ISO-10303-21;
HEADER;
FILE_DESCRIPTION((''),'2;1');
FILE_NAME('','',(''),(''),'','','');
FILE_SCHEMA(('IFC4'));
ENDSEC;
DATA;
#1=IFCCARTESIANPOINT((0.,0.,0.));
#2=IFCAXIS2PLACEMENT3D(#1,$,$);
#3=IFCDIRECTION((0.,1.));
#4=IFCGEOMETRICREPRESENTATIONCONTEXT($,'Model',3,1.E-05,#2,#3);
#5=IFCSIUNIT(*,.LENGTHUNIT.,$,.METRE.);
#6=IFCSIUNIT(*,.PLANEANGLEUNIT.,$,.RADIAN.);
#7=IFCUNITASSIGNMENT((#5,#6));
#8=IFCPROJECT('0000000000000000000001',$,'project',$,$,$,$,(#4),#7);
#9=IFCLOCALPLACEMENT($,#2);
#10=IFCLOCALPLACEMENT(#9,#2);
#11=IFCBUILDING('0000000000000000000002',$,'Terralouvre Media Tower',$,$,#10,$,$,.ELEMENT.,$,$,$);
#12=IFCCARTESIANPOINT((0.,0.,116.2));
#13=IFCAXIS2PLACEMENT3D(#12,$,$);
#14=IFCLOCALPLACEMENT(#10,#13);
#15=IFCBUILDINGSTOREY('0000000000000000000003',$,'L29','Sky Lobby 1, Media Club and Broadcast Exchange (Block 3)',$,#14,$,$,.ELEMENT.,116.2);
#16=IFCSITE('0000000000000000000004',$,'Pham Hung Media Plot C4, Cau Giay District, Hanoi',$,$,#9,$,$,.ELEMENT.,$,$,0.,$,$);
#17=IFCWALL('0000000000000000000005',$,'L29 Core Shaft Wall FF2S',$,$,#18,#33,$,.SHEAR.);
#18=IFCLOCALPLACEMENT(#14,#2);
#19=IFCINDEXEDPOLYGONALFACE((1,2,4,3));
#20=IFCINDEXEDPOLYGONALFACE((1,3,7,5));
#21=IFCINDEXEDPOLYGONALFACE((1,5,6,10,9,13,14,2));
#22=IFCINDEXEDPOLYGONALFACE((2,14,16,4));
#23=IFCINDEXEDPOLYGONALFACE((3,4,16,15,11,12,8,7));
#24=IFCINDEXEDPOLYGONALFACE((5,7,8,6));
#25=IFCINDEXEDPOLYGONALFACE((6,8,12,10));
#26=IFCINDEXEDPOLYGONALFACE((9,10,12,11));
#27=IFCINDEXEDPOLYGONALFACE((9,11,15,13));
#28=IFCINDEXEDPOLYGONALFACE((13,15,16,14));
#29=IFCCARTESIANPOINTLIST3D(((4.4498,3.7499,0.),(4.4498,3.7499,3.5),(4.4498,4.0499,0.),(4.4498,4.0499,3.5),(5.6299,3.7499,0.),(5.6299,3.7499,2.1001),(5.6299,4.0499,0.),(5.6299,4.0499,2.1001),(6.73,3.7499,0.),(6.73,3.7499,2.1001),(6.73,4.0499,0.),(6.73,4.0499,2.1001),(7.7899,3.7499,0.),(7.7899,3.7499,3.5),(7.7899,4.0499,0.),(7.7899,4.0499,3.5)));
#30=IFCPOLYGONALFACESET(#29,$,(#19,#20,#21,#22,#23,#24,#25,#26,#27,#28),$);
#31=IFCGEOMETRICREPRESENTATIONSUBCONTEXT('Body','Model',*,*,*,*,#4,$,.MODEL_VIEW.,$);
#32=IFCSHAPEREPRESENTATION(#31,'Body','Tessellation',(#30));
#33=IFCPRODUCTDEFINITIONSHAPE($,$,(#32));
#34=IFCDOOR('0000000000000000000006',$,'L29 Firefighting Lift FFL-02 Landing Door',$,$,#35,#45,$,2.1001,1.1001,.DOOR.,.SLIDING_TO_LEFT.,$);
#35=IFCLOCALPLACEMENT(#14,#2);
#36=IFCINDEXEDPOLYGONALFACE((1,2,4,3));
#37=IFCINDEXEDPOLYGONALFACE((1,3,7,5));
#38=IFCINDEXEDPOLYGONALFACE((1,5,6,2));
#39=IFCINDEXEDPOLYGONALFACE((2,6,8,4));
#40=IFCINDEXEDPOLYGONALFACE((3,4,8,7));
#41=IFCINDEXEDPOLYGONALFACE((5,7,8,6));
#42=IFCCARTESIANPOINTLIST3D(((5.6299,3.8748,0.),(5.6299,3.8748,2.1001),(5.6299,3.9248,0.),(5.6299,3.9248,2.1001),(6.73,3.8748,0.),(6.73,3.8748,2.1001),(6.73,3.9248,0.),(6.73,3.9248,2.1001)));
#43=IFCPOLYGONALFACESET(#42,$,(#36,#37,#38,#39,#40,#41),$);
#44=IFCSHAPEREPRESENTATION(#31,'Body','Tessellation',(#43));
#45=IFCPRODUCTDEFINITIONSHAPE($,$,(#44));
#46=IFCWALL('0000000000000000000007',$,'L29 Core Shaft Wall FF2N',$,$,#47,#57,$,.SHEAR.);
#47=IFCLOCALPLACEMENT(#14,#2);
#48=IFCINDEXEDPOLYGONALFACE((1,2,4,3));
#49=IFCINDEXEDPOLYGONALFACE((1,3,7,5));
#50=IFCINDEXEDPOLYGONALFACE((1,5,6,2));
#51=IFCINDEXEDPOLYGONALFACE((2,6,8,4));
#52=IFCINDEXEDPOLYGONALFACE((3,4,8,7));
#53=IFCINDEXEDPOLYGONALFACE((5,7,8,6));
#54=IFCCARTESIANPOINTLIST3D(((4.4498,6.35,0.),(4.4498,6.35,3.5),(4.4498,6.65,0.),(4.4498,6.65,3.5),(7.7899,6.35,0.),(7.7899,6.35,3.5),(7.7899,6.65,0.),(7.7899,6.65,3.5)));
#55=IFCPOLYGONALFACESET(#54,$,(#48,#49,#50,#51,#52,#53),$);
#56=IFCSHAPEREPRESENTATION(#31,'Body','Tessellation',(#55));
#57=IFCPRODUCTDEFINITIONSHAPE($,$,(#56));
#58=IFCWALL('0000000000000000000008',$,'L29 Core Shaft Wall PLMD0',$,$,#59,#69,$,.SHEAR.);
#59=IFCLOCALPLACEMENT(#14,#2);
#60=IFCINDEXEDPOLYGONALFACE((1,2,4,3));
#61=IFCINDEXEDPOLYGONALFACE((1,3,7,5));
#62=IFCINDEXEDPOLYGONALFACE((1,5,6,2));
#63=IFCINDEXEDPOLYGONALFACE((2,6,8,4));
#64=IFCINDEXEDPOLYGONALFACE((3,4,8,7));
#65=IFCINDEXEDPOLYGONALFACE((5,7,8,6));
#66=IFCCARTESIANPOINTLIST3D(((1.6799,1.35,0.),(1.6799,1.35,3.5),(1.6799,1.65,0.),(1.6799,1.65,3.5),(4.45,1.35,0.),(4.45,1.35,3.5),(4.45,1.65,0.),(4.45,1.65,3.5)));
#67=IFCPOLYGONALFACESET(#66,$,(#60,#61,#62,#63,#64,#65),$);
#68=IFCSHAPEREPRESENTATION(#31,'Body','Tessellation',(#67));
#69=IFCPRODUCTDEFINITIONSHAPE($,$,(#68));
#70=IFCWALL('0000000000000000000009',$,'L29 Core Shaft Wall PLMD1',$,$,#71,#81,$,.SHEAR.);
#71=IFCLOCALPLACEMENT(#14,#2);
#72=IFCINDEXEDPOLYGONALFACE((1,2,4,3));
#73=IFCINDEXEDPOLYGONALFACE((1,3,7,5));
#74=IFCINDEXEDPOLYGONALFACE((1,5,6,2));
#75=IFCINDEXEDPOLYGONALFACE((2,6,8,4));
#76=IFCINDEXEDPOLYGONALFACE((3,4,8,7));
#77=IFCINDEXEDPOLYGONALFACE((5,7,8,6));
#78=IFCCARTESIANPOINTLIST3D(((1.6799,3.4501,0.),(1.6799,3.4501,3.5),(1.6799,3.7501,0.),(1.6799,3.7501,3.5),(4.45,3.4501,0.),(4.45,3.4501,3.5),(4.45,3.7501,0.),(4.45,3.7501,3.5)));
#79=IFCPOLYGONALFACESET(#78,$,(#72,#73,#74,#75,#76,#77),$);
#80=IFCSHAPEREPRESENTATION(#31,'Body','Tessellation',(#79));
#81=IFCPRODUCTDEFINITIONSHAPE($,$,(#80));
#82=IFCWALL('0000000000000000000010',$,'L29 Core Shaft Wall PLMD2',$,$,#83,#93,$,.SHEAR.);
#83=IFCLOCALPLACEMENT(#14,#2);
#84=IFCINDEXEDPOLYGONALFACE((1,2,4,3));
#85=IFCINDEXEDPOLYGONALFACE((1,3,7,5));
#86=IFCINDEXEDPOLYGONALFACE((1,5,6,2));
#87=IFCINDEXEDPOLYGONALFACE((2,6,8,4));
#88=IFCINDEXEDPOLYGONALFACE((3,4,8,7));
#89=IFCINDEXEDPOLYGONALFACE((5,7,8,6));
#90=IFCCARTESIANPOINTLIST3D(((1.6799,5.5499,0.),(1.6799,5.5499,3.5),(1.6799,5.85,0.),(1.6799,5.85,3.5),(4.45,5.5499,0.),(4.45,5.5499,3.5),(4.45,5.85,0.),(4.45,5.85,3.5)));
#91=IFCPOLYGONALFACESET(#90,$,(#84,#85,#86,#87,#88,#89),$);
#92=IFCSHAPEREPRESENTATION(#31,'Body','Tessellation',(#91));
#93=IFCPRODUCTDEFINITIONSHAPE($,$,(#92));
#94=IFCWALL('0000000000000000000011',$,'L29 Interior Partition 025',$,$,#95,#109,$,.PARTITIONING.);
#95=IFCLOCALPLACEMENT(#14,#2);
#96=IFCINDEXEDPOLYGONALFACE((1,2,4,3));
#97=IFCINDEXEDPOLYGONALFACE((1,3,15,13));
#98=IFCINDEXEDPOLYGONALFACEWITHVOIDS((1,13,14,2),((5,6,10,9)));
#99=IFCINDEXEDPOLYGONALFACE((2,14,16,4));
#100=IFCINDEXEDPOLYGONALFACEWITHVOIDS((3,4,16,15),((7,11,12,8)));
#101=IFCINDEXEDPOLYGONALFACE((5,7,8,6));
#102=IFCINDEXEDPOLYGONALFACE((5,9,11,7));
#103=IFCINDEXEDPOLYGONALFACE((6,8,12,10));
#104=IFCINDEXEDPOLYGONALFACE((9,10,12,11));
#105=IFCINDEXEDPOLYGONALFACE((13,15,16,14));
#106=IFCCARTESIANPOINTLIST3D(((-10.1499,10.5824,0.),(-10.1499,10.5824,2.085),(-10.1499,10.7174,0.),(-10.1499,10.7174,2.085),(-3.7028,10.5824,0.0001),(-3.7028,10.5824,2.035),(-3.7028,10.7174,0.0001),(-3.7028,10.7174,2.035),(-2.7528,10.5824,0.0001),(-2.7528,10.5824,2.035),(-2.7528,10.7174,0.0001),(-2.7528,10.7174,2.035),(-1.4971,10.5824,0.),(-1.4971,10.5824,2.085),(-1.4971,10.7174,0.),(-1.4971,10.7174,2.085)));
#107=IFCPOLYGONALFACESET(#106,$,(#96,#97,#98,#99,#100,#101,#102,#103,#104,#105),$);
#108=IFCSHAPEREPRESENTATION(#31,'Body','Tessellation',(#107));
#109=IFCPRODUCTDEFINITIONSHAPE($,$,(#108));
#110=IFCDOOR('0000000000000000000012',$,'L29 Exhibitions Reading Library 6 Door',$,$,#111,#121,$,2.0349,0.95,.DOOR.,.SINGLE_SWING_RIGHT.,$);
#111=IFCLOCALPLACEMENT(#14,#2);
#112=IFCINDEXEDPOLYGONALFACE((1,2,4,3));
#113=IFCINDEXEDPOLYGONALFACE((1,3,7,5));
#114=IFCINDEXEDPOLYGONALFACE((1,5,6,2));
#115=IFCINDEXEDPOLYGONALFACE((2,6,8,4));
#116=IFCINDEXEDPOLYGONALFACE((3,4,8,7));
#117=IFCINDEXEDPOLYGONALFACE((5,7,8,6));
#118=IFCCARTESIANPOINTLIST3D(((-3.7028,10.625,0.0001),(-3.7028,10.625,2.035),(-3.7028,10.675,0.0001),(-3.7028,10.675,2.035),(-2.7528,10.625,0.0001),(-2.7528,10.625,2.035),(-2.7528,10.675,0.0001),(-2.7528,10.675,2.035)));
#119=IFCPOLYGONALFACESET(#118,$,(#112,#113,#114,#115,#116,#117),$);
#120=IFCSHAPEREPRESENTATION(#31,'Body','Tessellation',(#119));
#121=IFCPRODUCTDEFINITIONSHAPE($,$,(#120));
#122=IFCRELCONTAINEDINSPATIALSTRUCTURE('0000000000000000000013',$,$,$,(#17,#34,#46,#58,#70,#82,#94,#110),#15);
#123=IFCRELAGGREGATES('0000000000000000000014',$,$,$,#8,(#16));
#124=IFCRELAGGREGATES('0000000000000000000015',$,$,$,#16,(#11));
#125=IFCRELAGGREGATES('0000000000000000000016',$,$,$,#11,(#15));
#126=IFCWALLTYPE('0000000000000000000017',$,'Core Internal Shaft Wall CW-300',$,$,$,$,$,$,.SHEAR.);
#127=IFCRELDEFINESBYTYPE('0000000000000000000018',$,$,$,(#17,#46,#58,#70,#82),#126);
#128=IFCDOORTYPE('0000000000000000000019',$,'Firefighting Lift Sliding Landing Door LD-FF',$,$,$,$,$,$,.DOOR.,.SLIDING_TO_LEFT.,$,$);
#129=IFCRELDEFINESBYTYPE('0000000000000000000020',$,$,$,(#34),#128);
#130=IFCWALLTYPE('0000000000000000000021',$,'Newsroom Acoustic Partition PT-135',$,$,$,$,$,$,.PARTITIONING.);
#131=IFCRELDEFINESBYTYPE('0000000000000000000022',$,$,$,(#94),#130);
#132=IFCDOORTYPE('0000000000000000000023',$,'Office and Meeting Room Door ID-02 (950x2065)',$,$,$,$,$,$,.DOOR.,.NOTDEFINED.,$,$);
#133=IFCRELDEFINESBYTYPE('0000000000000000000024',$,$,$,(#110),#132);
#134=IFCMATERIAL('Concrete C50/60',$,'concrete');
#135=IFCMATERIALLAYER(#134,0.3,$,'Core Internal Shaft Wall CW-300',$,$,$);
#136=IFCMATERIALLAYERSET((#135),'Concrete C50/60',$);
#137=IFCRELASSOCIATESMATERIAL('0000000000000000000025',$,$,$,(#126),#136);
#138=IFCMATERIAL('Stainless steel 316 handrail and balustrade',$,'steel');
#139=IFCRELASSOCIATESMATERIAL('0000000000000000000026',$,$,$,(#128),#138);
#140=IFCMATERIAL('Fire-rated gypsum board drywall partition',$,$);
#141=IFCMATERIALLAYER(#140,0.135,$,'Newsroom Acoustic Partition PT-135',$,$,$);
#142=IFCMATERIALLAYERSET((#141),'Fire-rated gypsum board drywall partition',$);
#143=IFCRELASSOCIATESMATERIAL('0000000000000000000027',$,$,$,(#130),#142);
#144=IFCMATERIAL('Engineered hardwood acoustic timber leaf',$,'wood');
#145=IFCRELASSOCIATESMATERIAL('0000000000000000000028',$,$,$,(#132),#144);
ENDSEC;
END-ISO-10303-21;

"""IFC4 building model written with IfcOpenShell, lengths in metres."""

from ifc_helpers import new_model, si_unit, direction, frame, frame_2d, origin, place, context, subcontext, project, spatial, rectangle, extrude, material, layer, layer_set, type_object, element, fill, save


model = new_model("IFC4")

# Units and contexts
model_context = context("Model", 3, precision=1e-05, world=origin(), true_north=direction((0.0, 1.0)))
body_context = subcontext(model_context, "Body", "Model", "MODEL_VIEW")
ifc_project = project(units=[si_unit("LENGTHUNIT", "METRE"), si_unit("PLANEANGLEUNIT", "RADIAN")], contexts=[model_context])

# Site, building, storey
site_placement = place(None, origin())
site = spatial("IfcSite", under=ifc_project, at=site_placement, Name="Pham Hung Media Plot C4, Cau Giay District, Hanoi", CompositionType="ELEMENT", RefElevation=0.0)
building_placement = place(site_placement, origin())
building = spatial("IfcBuilding", under=site, at=building_placement, Name="Terralouvre Media Tower", CompositionType="ELEMENT")
storey_placement = place(building_placement, frame((0.0, 0.0, 116.2)))
storey = spatial("IfcBuildingStorey", under=building, at=storey_placement, Name="L29", Description="Sky Lobby 1, Media Club and Broadcast Exchange (Block 3)", CompositionType="ELEMENT", Elevation=116.2)

# Wall, opening, door
ifc_material_1 = material(Name="Concrete C50/60", Category="concrete")
ifc_layer_1 = layer(ifc_material_1, 0.3, Name="Core Internal Shaft Wall CW-300")
ifc_layer_set_1 = layer_set([ifc_layer_1], Name="Concrete C50/60")
wall_type_1 = type_object("IfcWallType", Name="Core Internal Shaft Wall CW-300", PredefinedType="SHEAR", material=ifc_layer_set_1)
wall_1_placement = place(storey_placement, frame((4.45, 3.8999, 0.0), z_axis=(0.0, 0.0, 1.0), x_axis=(1.0, 0.0, 0.0)))
wall_1 = element("IfcWall", 1, at=wall_1_placement, inside=storey, type_object=wall_type_1, Name="L29 Core Shaft Wall FF2S", PredefinedType="SHEAR", context=body_context, shape_type="SweptSolid", body=[
    extrude(rectangle(XDim=3.3401, YDim=0.3, at=frame_2d((1.6699, 0.0))), origin(), (0.0, 0.0, 1.0), 3.5),
])
opening_1_placement = place(wall_1_placement, frame((1.1799, 0.0, 0.0)))
opening_1 = element("IfcOpeningElement", 2, at=opening_1_placement, cuts=wall_1, PredefinedType="OPENING", context=body_context, shape_type="SweptSolid", body=[
    extrude(rectangle(XDim=1.1001, YDim=2.1001, at=frame_2d((0.55, 1.05))), frame((0.0, 0.1599, 0.0), z_axis=(0.0, -1.0, 0.0), x_axis=(1.0, 0.0, 0.0)), (0.0, 0.0, 1.0), 0.3201),
])
ifc_material_2 = material(Name="Stainless steel 316 handrail and balustrade", Category="steel")
door_type_1 = type_object("IfcDoorType", Name="Firefighting Lift Sliding Landing Door LD-FF", OperationType="SLIDING_TO_LEFT", PredefinedType="DOOR", material=ifc_material_2)
door_1_placement = place(opening_1_placement, origin())
door_1 = element("IfcDoor", 3, at=door_1_placement, inside=storey, type_object=door_type_1, Name="L29 Firefighting Lift FFL-02 Landing Door", OperationType="SLIDING_TO_LEFT", OverallHeight=2.1001, OverallWidth=1.1001, PredefinedType="DOOR", context=body_context, shape_type="SweptSolid", body=[
    extrude(rectangle(XDim=1.1001, YDim=2.1001, at=frame_2d((0.55, 1.05))), frame((0.0, 0.0249, 0.0), z_axis=(0.0, -1.0, 0.0), x_axis=(1.0, 0.0, 0.0)), (0.0, 0.0, 1.0), 0.05),
])
fill(opening_1, door_1)

# Walls
wall_2_placement = place(storey_placement, frame((4.45, 6.5, 0.0), z_axis=(0.0, 0.0, 1.0), x_axis=(1.0, 0.0, 0.0)))
element("IfcWall", 4, at=wall_2_placement, inside=storey, type_object=wall_type_1, Name="L29 Core Shaft Wall FF2N", PredefinedType="SHEAR", context=body_context, shape_type="SweptSolid", body=[
    extrude(rectangle(XDim=3.3401, YDim=0.3, at=frame_2d((1.6699, 0.0))), origin(), (0.0, 0.0, 1.0), 3.5),
])
for number, where, z_axis, x_axis, name in (
    (5, (1.6799, 1.5, 0.0), (0.0, 0.0, 1.0), (1.0, 0.0, 0.0), "L29 Core Shaft Wall PLMD0"),
    (6, (1.6799, 3.6001, 0.0), (0.0, 0.0, 1.0), (1.0, 0.0, 0.0), "L29 Core Shaft Wall PLMD1"),
    (7, (1.6799, 5.7, 0.0), (0.0, 0.0, 1.0), (1.0, 0.0, 0.0), "L29 Core Shaft Wall PLMD2"),
):
    element("IfcWall", number, at=place(storey_placement, frame(where, z_axis=z_axis, x_axis=x_axis)), inside=storey, type_object=wall_type_1, Name=name, PredefinedType="SHEAR", context=body_context, shape_type="SweptSolid", body=[
        extrude(rectangle(XDim=2.77, YDim=0.3, at=frame_2d((1.385, 0.0))), origin(), (0.0, 0.0, 1.0), 3.5),
    ])

# Wall, opening, door
ifc_material_3 = material(Name="Fire-rated gypsum board drywall partition")
ifc_layer_2 = layer(ifc_material_3, 0.135, Name="Newsroom Acoustic Partition PT-135")
ifc_layer_set_2 = layer_set([ifc_layer_2], Name="Fire-rated gypsum board drywall partition")
wall_type_2 = type_object("IfcWallType", Name="Newsroom Acoustic Partition PT-135", PredefinedType="PARTITIONING", material=ifc_layer_set_2)
wall_3_placement = place(storey_placement, frame((-1.4971, 10.6499, 0.0), z_axis=(0.0, 0.0, 1.0), x_axis=(-1.0, 0.0, 0.0)))
wall_3 = element("IfcWall", 8, at=wall_3_placement, inside=storey, type_object=wall_type_2, Name="L29 Interior Partition 025", PredefinedType="PARTITIONING", context=body_context, shape_type="SweptSolid", body=[
    extrude(rectangle(XDim=8.6528, YDim=0.135, at=frame_2d((4.3264, 0.0))), origin(), (0.0, 0.0, 1.0), 2.085),
])
opening_2_placement = place(wall_3_placement, frame((1.2556, 0.0, 0.0)))
opening_2 = element("IfcOpeningElement", 9, at=opening_2_placement, cuts=wall_3, PredefinedType="OPENING", context=body_context, shape_type="SweptSolid", body=[
    extrude(rectangle(XDim=0.95, YDim=2.0349, at=frame_2d((0.4751, 1.0176))), frame((0.0, 0.0774, 0.0), z_axis=(0.0, -1.0, 0.0), x_axis=(1.0, 0.0, 0.0)), (0.0, 0.0, 1.0), 0.155),
])
ifc_material_4 = material(Name="Engineered hardwood acoustic timber leaf", Category="wood")
door_type_2 = type_object("IfcDoorType", Name="Office and Meeting Room Door ID-02 (950x2065)", OperationType="NOTDEFINED", PredefinedType="DOOR", material=ifc_material_4)
door_2_placement = place(opening_2_placement, origin())
door_2 = element("IfcDoor", 10, at=door_2_placement, inside=storey, type_object=door_type_2, Name="L29 Exhibitions Reading Library 6 Door", OperationType="SINGLE_SWING_RIGHT", OverallHeight=2.0349, OverallWidth=0.95, PredefinedType="DOOR", context=body_context, shape_type="SweptSolid", body=[
    extrude(rectangle(XDim=0.95, YDim=2.0349, at=frame_2d((0.4751, 1.0176))), frame((0.0, 0.0249, 0.0), z_axis=(0.0, -1.0, 0.0), x_axis=(1.0, 0.0, 0.0)), (0.0, 0.0, 1.0), 0.05),
])
fill(opening_2, door_2)

save(model, "model.ifc")
